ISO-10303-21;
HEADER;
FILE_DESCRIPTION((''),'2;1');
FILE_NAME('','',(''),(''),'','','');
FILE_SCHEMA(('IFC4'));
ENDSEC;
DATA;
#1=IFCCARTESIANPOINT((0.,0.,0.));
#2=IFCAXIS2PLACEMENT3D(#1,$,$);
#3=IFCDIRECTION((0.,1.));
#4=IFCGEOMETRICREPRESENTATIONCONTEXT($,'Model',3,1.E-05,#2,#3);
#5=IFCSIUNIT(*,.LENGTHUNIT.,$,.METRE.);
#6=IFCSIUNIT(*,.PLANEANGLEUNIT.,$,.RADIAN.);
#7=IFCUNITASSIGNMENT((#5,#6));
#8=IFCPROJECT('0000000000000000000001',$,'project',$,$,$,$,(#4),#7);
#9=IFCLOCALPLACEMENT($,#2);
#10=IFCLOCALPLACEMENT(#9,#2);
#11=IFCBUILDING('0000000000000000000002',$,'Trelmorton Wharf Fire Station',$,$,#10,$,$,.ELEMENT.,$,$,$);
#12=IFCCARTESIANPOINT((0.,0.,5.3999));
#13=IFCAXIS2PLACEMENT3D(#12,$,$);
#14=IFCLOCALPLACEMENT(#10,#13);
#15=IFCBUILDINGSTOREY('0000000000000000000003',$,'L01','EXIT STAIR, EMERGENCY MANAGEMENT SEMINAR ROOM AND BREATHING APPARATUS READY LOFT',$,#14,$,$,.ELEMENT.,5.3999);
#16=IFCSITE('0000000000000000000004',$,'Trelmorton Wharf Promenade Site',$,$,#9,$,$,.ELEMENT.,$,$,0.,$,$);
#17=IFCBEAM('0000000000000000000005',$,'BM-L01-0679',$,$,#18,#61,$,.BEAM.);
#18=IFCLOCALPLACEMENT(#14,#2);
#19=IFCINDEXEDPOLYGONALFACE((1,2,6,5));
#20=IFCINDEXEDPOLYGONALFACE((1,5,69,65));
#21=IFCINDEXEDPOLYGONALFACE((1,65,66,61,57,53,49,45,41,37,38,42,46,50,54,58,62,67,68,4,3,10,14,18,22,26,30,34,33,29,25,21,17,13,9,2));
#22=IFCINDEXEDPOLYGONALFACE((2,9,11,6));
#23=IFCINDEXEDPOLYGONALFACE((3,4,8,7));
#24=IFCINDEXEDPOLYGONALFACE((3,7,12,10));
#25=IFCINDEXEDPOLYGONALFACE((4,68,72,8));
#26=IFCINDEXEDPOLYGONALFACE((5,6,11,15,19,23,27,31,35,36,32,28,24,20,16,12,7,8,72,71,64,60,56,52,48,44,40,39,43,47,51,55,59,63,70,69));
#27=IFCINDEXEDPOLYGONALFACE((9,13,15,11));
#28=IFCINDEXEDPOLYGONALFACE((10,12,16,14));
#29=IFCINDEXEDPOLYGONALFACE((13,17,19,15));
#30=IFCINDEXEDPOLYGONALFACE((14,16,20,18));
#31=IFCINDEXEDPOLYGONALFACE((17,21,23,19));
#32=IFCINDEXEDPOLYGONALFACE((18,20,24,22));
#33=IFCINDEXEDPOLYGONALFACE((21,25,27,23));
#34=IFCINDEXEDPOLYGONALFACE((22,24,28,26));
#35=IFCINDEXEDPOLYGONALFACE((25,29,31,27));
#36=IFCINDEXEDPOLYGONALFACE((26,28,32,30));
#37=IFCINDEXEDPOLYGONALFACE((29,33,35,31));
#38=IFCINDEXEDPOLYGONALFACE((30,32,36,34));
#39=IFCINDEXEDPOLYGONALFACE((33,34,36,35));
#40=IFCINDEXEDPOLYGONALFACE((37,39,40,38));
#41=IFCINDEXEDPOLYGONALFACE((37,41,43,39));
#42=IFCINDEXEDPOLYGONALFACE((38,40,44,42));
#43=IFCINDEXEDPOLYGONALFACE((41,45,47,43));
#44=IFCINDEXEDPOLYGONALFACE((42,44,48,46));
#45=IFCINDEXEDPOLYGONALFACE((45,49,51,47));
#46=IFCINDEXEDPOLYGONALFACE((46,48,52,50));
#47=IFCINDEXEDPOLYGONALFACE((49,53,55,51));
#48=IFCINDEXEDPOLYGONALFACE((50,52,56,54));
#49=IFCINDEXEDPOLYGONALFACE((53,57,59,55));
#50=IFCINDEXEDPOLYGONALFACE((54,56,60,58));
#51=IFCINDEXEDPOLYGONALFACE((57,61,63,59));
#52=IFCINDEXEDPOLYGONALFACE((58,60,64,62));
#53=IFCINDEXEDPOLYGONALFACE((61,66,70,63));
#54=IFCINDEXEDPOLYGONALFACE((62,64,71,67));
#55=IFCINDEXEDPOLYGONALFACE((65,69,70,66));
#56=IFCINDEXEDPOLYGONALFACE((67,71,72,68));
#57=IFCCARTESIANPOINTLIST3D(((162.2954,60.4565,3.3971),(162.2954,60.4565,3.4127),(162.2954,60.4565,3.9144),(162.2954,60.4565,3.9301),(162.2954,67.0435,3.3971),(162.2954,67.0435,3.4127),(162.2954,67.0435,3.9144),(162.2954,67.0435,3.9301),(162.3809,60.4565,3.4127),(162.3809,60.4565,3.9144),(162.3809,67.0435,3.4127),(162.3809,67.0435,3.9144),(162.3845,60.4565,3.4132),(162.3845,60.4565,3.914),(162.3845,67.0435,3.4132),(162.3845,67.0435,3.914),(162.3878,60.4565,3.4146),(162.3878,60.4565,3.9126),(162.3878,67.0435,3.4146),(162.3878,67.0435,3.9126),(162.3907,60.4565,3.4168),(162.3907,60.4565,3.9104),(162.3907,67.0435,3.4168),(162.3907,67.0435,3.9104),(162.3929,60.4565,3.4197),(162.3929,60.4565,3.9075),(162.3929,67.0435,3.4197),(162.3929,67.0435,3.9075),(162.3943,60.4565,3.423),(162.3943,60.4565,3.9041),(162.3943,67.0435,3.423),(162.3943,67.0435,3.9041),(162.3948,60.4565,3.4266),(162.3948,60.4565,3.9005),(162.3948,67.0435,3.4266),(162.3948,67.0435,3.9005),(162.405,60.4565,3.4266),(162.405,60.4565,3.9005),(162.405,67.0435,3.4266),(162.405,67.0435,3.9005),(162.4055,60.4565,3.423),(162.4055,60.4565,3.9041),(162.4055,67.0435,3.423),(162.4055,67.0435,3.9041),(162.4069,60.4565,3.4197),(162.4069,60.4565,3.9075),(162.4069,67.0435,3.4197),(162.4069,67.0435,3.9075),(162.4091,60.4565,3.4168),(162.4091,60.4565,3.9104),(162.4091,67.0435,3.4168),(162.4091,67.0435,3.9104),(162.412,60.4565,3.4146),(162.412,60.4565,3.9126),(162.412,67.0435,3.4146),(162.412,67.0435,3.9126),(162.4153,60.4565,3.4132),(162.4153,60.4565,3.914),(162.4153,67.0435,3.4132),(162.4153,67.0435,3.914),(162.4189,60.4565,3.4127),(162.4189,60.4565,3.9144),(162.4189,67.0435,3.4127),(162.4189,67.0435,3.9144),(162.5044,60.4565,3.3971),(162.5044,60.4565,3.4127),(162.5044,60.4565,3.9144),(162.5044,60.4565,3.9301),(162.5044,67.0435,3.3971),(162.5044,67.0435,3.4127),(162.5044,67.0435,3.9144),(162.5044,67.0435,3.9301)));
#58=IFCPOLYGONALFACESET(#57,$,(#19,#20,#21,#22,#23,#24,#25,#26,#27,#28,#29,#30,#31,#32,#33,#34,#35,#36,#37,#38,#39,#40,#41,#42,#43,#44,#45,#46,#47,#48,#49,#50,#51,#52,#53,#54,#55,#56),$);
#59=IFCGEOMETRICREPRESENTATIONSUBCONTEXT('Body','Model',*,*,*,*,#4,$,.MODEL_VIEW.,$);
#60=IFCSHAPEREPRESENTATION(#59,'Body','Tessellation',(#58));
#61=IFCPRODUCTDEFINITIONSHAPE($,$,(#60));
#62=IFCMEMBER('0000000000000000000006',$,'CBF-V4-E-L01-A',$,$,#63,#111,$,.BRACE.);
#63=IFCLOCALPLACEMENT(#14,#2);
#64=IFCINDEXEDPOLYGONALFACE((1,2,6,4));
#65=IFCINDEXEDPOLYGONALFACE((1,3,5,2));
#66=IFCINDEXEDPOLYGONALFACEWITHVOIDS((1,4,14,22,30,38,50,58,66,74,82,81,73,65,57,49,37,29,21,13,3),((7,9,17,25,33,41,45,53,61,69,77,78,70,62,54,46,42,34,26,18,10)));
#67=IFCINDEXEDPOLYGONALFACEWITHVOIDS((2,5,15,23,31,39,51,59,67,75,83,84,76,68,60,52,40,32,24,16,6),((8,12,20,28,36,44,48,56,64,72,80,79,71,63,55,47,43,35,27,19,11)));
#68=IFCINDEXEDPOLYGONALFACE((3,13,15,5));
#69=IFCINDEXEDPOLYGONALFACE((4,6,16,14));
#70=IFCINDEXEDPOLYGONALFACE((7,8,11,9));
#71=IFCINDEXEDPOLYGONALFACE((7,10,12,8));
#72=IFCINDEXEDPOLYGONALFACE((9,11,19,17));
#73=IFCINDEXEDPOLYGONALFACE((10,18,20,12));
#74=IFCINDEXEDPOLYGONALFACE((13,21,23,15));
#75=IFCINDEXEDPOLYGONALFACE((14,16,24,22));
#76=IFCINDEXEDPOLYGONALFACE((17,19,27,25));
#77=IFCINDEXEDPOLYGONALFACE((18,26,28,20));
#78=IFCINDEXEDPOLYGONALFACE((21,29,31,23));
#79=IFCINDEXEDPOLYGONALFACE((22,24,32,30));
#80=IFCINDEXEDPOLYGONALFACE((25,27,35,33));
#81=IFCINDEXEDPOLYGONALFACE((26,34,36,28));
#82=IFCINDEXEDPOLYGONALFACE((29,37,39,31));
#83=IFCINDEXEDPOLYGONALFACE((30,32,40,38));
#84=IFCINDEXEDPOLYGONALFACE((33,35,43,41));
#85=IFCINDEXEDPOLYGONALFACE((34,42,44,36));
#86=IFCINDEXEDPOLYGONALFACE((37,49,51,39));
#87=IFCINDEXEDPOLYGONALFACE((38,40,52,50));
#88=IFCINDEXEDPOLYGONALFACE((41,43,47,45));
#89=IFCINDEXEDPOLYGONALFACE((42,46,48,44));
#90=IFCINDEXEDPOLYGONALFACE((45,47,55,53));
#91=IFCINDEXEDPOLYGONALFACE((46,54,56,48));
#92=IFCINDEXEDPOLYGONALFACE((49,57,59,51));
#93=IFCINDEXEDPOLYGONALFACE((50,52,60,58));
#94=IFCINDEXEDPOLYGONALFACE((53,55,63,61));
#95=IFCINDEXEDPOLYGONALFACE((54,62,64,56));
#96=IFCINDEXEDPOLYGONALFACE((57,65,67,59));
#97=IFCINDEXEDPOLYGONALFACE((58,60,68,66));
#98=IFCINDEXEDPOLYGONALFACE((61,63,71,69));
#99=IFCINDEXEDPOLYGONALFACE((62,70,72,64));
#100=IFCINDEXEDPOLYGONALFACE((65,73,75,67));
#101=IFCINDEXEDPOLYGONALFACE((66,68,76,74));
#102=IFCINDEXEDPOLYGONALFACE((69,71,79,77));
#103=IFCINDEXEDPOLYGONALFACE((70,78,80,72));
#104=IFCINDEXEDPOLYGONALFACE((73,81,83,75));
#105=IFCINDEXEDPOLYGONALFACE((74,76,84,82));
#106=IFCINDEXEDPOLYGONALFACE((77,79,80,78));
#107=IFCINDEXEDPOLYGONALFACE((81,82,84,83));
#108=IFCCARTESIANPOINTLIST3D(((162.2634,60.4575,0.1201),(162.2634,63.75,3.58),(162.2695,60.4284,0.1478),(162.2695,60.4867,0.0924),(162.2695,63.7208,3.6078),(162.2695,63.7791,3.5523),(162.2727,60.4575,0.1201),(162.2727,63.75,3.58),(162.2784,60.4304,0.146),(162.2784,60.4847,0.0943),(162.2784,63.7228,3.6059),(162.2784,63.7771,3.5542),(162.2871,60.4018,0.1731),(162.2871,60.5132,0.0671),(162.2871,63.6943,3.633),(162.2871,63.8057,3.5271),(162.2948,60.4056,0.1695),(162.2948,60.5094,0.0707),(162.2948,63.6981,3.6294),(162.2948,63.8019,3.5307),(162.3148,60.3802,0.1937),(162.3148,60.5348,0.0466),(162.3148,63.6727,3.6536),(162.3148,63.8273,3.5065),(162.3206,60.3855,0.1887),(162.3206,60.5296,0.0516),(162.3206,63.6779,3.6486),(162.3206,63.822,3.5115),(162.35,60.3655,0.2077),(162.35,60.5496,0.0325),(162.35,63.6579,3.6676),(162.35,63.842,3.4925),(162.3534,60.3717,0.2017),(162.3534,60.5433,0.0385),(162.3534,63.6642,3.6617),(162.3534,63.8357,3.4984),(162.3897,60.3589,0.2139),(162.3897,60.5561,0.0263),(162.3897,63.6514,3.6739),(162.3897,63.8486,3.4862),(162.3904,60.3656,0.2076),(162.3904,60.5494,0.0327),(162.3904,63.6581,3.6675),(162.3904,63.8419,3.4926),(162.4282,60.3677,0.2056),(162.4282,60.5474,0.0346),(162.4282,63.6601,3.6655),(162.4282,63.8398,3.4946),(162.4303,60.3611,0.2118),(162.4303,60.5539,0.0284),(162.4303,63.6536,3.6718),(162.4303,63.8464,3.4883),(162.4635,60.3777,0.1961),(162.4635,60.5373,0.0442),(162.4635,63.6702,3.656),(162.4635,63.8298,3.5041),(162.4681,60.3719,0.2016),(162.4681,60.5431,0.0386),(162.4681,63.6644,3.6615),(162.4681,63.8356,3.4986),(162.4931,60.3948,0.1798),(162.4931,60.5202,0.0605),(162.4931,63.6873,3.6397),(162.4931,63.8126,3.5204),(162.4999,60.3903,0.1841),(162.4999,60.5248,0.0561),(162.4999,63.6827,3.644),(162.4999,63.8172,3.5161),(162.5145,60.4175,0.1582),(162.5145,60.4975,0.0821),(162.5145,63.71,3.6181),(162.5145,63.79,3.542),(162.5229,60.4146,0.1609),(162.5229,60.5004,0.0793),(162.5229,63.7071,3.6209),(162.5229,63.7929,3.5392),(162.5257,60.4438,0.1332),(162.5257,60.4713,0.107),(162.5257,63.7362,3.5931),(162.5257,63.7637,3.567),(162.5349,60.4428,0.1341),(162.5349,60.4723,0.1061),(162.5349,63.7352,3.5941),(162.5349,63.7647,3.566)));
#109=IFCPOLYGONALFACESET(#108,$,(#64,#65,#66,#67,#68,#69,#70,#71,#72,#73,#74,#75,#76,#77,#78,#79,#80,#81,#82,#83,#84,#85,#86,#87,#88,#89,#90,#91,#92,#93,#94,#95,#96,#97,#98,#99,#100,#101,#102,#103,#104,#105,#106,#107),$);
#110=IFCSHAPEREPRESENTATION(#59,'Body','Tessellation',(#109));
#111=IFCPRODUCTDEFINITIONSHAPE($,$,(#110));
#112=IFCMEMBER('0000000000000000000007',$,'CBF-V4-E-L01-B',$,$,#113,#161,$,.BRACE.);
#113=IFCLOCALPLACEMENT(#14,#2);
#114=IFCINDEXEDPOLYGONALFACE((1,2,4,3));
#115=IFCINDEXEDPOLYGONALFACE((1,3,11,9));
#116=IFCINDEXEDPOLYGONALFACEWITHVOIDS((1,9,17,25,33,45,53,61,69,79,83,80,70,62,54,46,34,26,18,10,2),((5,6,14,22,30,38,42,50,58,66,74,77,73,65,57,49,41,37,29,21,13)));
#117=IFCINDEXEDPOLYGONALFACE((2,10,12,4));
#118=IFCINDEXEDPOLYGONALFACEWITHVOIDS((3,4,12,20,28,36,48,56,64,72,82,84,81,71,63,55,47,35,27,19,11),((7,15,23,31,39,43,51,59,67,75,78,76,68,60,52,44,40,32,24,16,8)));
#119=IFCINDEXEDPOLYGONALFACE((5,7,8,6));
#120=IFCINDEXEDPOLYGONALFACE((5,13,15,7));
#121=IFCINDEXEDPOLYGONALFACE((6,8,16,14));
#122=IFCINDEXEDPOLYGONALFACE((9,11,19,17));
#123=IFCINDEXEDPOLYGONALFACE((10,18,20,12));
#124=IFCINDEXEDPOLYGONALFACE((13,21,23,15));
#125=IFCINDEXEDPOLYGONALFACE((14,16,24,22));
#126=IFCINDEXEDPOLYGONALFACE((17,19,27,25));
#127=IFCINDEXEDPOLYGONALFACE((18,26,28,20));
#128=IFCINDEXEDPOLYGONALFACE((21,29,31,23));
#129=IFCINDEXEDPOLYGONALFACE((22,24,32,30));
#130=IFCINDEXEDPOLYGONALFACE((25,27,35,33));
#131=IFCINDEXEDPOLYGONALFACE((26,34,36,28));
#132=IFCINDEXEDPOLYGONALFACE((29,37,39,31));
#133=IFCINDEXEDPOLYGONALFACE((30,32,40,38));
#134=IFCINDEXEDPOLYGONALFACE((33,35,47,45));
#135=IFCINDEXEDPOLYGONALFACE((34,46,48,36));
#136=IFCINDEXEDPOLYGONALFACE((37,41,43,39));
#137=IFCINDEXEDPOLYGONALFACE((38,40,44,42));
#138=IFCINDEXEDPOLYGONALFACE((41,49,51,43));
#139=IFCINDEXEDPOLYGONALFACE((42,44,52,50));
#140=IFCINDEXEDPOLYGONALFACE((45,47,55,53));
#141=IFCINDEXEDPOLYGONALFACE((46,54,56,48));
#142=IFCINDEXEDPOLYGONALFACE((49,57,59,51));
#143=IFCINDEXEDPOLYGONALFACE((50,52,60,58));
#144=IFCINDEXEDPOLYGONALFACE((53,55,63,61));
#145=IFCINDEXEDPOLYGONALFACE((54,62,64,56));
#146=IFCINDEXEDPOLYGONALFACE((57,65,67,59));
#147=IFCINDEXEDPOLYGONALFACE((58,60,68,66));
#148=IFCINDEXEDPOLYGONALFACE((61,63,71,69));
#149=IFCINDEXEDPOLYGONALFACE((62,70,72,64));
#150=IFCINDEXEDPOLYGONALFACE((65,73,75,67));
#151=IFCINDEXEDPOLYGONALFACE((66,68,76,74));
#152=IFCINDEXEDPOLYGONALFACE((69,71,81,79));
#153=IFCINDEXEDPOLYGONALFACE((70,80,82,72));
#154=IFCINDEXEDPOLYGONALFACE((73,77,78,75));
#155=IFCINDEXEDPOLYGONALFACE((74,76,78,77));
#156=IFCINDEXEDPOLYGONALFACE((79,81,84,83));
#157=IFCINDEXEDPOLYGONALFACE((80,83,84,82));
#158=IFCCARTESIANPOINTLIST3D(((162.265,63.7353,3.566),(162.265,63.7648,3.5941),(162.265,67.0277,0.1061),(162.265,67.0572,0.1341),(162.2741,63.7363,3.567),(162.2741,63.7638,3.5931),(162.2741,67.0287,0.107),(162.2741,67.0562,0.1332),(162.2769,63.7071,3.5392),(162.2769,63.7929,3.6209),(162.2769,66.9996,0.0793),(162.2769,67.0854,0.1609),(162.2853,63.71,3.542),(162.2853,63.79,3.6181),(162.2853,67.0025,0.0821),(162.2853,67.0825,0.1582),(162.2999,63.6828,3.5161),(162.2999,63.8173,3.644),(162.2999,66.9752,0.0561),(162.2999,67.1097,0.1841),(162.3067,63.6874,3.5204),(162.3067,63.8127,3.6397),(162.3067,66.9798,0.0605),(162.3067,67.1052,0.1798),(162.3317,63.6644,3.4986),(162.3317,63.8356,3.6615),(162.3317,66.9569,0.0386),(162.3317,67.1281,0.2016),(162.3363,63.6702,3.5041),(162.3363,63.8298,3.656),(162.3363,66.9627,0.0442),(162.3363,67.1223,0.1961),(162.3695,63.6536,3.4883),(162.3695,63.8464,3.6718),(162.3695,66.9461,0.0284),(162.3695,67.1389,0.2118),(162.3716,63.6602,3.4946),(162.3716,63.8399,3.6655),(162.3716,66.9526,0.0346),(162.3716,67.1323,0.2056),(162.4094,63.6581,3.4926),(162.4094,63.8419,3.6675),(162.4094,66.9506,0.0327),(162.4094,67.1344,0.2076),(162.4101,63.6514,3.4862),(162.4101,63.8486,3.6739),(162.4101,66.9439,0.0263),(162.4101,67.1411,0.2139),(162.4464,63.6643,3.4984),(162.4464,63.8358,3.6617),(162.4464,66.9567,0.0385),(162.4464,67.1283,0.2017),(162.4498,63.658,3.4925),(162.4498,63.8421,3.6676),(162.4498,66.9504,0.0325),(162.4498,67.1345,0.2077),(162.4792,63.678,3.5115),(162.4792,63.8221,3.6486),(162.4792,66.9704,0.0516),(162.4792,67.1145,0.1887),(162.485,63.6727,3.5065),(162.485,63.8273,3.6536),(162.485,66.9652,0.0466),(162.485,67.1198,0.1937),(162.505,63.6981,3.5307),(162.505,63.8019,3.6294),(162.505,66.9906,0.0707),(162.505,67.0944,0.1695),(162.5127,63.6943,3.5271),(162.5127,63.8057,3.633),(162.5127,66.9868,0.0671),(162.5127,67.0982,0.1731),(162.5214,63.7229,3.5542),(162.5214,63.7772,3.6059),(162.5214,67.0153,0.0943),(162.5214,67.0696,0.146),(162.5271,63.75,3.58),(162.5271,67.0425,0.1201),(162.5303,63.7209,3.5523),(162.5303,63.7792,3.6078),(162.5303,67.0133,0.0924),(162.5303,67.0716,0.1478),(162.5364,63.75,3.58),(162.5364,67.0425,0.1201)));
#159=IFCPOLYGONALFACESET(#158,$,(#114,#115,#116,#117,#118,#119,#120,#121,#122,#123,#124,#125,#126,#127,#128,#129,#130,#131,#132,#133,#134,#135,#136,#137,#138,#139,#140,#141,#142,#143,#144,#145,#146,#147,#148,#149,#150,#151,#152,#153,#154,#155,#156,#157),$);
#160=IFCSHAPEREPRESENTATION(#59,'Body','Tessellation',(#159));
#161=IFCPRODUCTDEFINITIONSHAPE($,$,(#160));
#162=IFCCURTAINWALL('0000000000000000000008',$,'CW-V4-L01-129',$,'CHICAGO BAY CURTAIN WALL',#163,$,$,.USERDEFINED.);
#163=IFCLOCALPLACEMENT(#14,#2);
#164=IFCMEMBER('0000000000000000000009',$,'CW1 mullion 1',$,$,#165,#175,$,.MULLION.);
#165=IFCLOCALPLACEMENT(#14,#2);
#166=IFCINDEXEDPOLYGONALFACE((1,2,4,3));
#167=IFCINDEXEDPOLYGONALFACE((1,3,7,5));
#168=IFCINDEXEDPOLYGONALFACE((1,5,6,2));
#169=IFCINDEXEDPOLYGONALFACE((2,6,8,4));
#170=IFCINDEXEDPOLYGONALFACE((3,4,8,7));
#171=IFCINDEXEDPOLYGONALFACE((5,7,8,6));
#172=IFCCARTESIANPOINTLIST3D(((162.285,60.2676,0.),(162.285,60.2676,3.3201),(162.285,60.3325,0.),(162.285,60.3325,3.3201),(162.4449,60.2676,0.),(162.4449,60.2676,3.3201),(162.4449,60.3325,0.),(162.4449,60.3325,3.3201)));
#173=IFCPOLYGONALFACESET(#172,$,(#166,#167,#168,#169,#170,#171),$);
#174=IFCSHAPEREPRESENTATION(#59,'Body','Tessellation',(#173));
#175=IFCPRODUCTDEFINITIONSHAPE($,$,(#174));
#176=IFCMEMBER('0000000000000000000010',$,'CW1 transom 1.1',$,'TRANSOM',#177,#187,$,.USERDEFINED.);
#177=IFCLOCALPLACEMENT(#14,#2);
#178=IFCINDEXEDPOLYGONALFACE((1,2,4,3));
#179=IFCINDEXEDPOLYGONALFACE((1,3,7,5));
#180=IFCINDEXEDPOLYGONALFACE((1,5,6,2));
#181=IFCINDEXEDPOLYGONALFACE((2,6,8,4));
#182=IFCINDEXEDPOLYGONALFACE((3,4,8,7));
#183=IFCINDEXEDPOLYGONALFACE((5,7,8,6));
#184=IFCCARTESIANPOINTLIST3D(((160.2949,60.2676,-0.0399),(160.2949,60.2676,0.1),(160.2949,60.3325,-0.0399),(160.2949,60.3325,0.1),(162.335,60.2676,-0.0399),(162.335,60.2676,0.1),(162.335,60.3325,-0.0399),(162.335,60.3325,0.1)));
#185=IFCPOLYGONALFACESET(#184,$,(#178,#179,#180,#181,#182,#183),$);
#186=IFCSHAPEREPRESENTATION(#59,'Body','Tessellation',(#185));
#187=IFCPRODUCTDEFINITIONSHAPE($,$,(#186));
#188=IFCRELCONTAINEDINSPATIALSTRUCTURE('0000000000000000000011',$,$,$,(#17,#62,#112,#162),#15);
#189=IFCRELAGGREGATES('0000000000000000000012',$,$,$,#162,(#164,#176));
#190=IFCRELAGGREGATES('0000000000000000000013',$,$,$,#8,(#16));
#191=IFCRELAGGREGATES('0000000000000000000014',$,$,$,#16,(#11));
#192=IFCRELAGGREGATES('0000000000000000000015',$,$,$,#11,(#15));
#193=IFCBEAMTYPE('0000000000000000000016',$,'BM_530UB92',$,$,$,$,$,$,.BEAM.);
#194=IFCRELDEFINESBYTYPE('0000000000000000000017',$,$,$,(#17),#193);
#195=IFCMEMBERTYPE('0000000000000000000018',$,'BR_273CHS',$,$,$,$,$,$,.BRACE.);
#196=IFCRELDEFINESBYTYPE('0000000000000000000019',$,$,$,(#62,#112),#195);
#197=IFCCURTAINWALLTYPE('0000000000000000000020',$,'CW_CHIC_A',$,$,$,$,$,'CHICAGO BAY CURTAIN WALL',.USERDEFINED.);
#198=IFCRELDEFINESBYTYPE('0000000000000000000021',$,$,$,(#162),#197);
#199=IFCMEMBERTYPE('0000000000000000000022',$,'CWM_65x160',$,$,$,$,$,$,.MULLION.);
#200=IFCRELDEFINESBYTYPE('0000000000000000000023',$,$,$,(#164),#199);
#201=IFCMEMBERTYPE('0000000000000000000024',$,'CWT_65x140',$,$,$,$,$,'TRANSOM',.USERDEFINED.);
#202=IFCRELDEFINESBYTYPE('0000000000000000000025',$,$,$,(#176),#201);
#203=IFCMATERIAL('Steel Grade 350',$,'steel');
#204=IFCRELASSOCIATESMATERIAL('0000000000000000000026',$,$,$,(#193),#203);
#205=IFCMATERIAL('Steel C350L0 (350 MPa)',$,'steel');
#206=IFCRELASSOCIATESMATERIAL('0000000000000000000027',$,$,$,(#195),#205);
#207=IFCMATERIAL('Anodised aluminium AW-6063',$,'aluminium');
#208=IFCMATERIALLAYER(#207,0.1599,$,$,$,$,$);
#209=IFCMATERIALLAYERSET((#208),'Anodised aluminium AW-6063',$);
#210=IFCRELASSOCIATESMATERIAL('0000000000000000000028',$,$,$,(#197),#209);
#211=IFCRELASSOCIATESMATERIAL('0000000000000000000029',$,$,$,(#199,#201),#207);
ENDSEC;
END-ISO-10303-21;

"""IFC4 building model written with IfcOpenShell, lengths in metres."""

from ifc_helpers import new_model, si_unit, direction, frame, origin, origin_2d, place, context, subcontext, project, spatial, rectangle, hollow_circle, i_section, extrude, material, layer, layer_set, material_profile, profile_set, type_object, element, aggregate, save


model = new_model("IFC4")

# Units and contexts
model_context = context("Model", 3, precision=1e-05, world=origin(), true_north=direction((0.0, 1.0)))
body_context = subcontext(model_context, "Body", "Model", "MODEL_VIEW")
ifc_project = project(units=[si_unit("LENGTHUNIT", "METRE"), si_unit("PLANEANGLEUNIT", "RADIAN")], contexts=[model_context])

# Site, building, storey
site_placement = place(None, origin())
site = spatial("IfcSite", under=ifc_project, at=site_placement, Name="Trelmorton Wharf Promenade Site", CompositionType="ELEMENT", RefElevation=0.0)
building_placement = place(site_placement, origin())
building = spatial("IfcBuilding", under=site, at=building_placement, Name="Trelmorton Wharf Fire Station", CompositionType="ELEMENT")
storey_placement = place(building_placement, frame((0.0, 0.0, 5.3999)))
storey = spatial("IfcBuildingStorey", under=building, at=storey_placement, Name="L01", Description="EXIT STAIR, EMERGENCY MANAGEMENT SEMINAR ROOM AND BREATHING APPARATUS READY LOFT", CompositionType="ELEMENT", Elevation=5.3999)

# Shared definitions
ifc_material_1 = material(Name="Steel Grade 350", Category="steel")

# Beam
ifc_material_profile_1 = material_profile(ifc_material_1, i_section(OverallWidth=0.209, OverallDepth=0.533, WebThickness=0.0103, FlangeThickness=0.0156, FilletRadius=0.0139, at=origin_2d()), Name="530UB92.4")
ifc_profile_set_1 = profile_set([ifc_material_profile_1], Name="Steel Grade 350")
beam_type_1 = type_object("IfcBeamType", Name="BM_530UB92", PredefinedType="BEAM", material=ifc_profile_set_1)
for number, where, z_axis, x_axis, name in (
    (1, (162.3999, 60.4565, 3.6636), (0.0, 1.0, 0.0), (-1.0, 0.0, 0.0), "BM-L01-0679"),
):
    element("IfcBeam", number, at=place(storey_placement, frame(where, z_axis=z_axis, x_axis=x_axis)), inside=storey, type_object=beam_type_1, Name=name, PredefinedType="BEAM", context=body_context, shape_type="SweptSolid", body=[
        extrude(i_section(OverallWidth=0.209, OverallDepth=0.533, WebThickness=0.0103, FlangeThickness=0.0156, FilletRadius=0.0139, at=origin_2d()), origin(), (0.0, 0.0, 1.0), 6.5869),
    ])

# Members
ifc_material_2 = material(Name="Steel C350L0 (350 MPa)", Category="steel")
ifc_material_profile_2 = material_profile(ifc_material_2, hollow_circle(Radius=0.1365, WallThickness=0.0093, at=origin_2d()), Name="273.1x9.3CHS")
ifc_profile_set_2 = profile_set([ifc_material_profile_2], Name="Steel C350L0 (350 MPa)")
member_type_1 = type_object("IfcMemberType", Name="BR_273CHS", PredefinedType="BRACE", material=ifc_profile_set_2)
for number, where, z_axis, x_axis, name in (
    (2, (162.3999, 60.4575, 0.1201), (0.0, 0.689356, 0.724422), (-1.0, 0.0, 0.0), "CBF-V4-E-L01-A"),
    (3, (162.3999, 67.0425, 0.1201), (0.0, -0.689356, 0.724422), (1.0, 0.0, 0.0), "CBF-V4-E-L01-B"),
):
    element("IfcMember", number, at=place(storey_placement, frame(where, z_axis=z_axis, x_axis=x_axis)), inside=storey, type_object=member_type_1, Name=name, PredefinedType="BRACE", context=body_context, shape_type="SweptSolid", body=[
        extrude(hollow_circle(Radius=0.1365, WallThickness=0.0093, at=origin_2d()), origin(), (0.0, 0.0, 1.0), 4.7761),
    ])

# Curtain wall, members
ifc_material_3 = material(Name="Anodised aluminium AW-6063", Category="aluminium")
ifc_layer_1 = layer(ifc_material_3, 0.1599)
ifc_layer_set_1 = layer_set([ifc_layer_1], Name="Anodised aluminium AW-6063")
curtain_wall_type = type_object("IfcCurtainWallType", Name="CW_CHIC_A", ElementType="CHICAGO BAY CURTAIN WALL", PredefinedType="USERDEFINED", material=ifc_layer_set_1)
curtain_wall_placement = place(storey_placement, origin())
curtain_wall = element("IfcCurtainWall", 4, at=curtain_wall_placement, inside=storey, type_object=curtain_wall_type, Name="CW-V4-L01-129", ObjectType="CHICAGO BAY CURTAIN WALL", PredefinedType="USERDEFINED")
ifc_material_profile_3 = material_profile(ifc_material_3, rectangle(XDim=0.0649, YDim=0.1599, at=origin_2d()), Name="ALU-65x160")
ifc_profile_set_3 = profile_set([ifc_material_profile_3], Name="Anodised aluminium AW-6063")
member_type_2 = type_object("IfcMemberType", Name="CWM_65x160", PredefinedType="MULLION", material=ifc_profile_set_3)
member_1_placement = place(storey_placement, frame((162.365, 60.3, 0.0), z_axis=(0.0, 0.0, 1.0), x_axis=(0.0, -1.0, 0.0)))
member_1 = element("IfcMember", 5, at=member_1_placement, type_object=member_type_2, Name="CW1 mullion 1", PredefinedType="MULLION", context=body_context, shape_type="SweptSolid", body=[
    extrude(rectangle(XDim=0.0649, YDim=0.1599, at=origin_2d()), origin(), (0.0, 0.0, 1.0), 3.3201),
])
ifc_material_profile_4 = material_profile(ifc_material_3, rectangle(XDim=0.0649, YDim=0.1399, at=origin_2d()), Name="ALU-65x140")
ifc_profile_set_4 = profile_set([ifc_material_profile_4], Name="Anodised aluminium AW-6063")
member_type_3 = type_object("IfcMemberType", Name="CWT_65x140", ElementType="TRANSOM", PredefinedType="USERDEFINED", material=ifc_profile_set_4)
member_2_placement = place(storey_placement, frame((162.335, 60.3, 0.03), z_axis=(-1.0, 0.0, 0.0), x_axis=(0.0, -1.0, 0.0)))
member_2 = element("IfcMember", 6, at=member_2_placement, type_object=member_type_3, Name="CW1 transom 1.1", ObjectType="TRANSOM", PredefinedType="USERDEFINED", context=body_context, shape_type="SweptSolid", body=[
    extrude(rectangle(XDim=0.0649, YDim=0.1399, at=origin_2d()), origin(), (0.0, 0.0, 1.0), 2.04),
])

aggregate(curtain_wall, [member_1, member_2])

save(model, "model.ifc")
